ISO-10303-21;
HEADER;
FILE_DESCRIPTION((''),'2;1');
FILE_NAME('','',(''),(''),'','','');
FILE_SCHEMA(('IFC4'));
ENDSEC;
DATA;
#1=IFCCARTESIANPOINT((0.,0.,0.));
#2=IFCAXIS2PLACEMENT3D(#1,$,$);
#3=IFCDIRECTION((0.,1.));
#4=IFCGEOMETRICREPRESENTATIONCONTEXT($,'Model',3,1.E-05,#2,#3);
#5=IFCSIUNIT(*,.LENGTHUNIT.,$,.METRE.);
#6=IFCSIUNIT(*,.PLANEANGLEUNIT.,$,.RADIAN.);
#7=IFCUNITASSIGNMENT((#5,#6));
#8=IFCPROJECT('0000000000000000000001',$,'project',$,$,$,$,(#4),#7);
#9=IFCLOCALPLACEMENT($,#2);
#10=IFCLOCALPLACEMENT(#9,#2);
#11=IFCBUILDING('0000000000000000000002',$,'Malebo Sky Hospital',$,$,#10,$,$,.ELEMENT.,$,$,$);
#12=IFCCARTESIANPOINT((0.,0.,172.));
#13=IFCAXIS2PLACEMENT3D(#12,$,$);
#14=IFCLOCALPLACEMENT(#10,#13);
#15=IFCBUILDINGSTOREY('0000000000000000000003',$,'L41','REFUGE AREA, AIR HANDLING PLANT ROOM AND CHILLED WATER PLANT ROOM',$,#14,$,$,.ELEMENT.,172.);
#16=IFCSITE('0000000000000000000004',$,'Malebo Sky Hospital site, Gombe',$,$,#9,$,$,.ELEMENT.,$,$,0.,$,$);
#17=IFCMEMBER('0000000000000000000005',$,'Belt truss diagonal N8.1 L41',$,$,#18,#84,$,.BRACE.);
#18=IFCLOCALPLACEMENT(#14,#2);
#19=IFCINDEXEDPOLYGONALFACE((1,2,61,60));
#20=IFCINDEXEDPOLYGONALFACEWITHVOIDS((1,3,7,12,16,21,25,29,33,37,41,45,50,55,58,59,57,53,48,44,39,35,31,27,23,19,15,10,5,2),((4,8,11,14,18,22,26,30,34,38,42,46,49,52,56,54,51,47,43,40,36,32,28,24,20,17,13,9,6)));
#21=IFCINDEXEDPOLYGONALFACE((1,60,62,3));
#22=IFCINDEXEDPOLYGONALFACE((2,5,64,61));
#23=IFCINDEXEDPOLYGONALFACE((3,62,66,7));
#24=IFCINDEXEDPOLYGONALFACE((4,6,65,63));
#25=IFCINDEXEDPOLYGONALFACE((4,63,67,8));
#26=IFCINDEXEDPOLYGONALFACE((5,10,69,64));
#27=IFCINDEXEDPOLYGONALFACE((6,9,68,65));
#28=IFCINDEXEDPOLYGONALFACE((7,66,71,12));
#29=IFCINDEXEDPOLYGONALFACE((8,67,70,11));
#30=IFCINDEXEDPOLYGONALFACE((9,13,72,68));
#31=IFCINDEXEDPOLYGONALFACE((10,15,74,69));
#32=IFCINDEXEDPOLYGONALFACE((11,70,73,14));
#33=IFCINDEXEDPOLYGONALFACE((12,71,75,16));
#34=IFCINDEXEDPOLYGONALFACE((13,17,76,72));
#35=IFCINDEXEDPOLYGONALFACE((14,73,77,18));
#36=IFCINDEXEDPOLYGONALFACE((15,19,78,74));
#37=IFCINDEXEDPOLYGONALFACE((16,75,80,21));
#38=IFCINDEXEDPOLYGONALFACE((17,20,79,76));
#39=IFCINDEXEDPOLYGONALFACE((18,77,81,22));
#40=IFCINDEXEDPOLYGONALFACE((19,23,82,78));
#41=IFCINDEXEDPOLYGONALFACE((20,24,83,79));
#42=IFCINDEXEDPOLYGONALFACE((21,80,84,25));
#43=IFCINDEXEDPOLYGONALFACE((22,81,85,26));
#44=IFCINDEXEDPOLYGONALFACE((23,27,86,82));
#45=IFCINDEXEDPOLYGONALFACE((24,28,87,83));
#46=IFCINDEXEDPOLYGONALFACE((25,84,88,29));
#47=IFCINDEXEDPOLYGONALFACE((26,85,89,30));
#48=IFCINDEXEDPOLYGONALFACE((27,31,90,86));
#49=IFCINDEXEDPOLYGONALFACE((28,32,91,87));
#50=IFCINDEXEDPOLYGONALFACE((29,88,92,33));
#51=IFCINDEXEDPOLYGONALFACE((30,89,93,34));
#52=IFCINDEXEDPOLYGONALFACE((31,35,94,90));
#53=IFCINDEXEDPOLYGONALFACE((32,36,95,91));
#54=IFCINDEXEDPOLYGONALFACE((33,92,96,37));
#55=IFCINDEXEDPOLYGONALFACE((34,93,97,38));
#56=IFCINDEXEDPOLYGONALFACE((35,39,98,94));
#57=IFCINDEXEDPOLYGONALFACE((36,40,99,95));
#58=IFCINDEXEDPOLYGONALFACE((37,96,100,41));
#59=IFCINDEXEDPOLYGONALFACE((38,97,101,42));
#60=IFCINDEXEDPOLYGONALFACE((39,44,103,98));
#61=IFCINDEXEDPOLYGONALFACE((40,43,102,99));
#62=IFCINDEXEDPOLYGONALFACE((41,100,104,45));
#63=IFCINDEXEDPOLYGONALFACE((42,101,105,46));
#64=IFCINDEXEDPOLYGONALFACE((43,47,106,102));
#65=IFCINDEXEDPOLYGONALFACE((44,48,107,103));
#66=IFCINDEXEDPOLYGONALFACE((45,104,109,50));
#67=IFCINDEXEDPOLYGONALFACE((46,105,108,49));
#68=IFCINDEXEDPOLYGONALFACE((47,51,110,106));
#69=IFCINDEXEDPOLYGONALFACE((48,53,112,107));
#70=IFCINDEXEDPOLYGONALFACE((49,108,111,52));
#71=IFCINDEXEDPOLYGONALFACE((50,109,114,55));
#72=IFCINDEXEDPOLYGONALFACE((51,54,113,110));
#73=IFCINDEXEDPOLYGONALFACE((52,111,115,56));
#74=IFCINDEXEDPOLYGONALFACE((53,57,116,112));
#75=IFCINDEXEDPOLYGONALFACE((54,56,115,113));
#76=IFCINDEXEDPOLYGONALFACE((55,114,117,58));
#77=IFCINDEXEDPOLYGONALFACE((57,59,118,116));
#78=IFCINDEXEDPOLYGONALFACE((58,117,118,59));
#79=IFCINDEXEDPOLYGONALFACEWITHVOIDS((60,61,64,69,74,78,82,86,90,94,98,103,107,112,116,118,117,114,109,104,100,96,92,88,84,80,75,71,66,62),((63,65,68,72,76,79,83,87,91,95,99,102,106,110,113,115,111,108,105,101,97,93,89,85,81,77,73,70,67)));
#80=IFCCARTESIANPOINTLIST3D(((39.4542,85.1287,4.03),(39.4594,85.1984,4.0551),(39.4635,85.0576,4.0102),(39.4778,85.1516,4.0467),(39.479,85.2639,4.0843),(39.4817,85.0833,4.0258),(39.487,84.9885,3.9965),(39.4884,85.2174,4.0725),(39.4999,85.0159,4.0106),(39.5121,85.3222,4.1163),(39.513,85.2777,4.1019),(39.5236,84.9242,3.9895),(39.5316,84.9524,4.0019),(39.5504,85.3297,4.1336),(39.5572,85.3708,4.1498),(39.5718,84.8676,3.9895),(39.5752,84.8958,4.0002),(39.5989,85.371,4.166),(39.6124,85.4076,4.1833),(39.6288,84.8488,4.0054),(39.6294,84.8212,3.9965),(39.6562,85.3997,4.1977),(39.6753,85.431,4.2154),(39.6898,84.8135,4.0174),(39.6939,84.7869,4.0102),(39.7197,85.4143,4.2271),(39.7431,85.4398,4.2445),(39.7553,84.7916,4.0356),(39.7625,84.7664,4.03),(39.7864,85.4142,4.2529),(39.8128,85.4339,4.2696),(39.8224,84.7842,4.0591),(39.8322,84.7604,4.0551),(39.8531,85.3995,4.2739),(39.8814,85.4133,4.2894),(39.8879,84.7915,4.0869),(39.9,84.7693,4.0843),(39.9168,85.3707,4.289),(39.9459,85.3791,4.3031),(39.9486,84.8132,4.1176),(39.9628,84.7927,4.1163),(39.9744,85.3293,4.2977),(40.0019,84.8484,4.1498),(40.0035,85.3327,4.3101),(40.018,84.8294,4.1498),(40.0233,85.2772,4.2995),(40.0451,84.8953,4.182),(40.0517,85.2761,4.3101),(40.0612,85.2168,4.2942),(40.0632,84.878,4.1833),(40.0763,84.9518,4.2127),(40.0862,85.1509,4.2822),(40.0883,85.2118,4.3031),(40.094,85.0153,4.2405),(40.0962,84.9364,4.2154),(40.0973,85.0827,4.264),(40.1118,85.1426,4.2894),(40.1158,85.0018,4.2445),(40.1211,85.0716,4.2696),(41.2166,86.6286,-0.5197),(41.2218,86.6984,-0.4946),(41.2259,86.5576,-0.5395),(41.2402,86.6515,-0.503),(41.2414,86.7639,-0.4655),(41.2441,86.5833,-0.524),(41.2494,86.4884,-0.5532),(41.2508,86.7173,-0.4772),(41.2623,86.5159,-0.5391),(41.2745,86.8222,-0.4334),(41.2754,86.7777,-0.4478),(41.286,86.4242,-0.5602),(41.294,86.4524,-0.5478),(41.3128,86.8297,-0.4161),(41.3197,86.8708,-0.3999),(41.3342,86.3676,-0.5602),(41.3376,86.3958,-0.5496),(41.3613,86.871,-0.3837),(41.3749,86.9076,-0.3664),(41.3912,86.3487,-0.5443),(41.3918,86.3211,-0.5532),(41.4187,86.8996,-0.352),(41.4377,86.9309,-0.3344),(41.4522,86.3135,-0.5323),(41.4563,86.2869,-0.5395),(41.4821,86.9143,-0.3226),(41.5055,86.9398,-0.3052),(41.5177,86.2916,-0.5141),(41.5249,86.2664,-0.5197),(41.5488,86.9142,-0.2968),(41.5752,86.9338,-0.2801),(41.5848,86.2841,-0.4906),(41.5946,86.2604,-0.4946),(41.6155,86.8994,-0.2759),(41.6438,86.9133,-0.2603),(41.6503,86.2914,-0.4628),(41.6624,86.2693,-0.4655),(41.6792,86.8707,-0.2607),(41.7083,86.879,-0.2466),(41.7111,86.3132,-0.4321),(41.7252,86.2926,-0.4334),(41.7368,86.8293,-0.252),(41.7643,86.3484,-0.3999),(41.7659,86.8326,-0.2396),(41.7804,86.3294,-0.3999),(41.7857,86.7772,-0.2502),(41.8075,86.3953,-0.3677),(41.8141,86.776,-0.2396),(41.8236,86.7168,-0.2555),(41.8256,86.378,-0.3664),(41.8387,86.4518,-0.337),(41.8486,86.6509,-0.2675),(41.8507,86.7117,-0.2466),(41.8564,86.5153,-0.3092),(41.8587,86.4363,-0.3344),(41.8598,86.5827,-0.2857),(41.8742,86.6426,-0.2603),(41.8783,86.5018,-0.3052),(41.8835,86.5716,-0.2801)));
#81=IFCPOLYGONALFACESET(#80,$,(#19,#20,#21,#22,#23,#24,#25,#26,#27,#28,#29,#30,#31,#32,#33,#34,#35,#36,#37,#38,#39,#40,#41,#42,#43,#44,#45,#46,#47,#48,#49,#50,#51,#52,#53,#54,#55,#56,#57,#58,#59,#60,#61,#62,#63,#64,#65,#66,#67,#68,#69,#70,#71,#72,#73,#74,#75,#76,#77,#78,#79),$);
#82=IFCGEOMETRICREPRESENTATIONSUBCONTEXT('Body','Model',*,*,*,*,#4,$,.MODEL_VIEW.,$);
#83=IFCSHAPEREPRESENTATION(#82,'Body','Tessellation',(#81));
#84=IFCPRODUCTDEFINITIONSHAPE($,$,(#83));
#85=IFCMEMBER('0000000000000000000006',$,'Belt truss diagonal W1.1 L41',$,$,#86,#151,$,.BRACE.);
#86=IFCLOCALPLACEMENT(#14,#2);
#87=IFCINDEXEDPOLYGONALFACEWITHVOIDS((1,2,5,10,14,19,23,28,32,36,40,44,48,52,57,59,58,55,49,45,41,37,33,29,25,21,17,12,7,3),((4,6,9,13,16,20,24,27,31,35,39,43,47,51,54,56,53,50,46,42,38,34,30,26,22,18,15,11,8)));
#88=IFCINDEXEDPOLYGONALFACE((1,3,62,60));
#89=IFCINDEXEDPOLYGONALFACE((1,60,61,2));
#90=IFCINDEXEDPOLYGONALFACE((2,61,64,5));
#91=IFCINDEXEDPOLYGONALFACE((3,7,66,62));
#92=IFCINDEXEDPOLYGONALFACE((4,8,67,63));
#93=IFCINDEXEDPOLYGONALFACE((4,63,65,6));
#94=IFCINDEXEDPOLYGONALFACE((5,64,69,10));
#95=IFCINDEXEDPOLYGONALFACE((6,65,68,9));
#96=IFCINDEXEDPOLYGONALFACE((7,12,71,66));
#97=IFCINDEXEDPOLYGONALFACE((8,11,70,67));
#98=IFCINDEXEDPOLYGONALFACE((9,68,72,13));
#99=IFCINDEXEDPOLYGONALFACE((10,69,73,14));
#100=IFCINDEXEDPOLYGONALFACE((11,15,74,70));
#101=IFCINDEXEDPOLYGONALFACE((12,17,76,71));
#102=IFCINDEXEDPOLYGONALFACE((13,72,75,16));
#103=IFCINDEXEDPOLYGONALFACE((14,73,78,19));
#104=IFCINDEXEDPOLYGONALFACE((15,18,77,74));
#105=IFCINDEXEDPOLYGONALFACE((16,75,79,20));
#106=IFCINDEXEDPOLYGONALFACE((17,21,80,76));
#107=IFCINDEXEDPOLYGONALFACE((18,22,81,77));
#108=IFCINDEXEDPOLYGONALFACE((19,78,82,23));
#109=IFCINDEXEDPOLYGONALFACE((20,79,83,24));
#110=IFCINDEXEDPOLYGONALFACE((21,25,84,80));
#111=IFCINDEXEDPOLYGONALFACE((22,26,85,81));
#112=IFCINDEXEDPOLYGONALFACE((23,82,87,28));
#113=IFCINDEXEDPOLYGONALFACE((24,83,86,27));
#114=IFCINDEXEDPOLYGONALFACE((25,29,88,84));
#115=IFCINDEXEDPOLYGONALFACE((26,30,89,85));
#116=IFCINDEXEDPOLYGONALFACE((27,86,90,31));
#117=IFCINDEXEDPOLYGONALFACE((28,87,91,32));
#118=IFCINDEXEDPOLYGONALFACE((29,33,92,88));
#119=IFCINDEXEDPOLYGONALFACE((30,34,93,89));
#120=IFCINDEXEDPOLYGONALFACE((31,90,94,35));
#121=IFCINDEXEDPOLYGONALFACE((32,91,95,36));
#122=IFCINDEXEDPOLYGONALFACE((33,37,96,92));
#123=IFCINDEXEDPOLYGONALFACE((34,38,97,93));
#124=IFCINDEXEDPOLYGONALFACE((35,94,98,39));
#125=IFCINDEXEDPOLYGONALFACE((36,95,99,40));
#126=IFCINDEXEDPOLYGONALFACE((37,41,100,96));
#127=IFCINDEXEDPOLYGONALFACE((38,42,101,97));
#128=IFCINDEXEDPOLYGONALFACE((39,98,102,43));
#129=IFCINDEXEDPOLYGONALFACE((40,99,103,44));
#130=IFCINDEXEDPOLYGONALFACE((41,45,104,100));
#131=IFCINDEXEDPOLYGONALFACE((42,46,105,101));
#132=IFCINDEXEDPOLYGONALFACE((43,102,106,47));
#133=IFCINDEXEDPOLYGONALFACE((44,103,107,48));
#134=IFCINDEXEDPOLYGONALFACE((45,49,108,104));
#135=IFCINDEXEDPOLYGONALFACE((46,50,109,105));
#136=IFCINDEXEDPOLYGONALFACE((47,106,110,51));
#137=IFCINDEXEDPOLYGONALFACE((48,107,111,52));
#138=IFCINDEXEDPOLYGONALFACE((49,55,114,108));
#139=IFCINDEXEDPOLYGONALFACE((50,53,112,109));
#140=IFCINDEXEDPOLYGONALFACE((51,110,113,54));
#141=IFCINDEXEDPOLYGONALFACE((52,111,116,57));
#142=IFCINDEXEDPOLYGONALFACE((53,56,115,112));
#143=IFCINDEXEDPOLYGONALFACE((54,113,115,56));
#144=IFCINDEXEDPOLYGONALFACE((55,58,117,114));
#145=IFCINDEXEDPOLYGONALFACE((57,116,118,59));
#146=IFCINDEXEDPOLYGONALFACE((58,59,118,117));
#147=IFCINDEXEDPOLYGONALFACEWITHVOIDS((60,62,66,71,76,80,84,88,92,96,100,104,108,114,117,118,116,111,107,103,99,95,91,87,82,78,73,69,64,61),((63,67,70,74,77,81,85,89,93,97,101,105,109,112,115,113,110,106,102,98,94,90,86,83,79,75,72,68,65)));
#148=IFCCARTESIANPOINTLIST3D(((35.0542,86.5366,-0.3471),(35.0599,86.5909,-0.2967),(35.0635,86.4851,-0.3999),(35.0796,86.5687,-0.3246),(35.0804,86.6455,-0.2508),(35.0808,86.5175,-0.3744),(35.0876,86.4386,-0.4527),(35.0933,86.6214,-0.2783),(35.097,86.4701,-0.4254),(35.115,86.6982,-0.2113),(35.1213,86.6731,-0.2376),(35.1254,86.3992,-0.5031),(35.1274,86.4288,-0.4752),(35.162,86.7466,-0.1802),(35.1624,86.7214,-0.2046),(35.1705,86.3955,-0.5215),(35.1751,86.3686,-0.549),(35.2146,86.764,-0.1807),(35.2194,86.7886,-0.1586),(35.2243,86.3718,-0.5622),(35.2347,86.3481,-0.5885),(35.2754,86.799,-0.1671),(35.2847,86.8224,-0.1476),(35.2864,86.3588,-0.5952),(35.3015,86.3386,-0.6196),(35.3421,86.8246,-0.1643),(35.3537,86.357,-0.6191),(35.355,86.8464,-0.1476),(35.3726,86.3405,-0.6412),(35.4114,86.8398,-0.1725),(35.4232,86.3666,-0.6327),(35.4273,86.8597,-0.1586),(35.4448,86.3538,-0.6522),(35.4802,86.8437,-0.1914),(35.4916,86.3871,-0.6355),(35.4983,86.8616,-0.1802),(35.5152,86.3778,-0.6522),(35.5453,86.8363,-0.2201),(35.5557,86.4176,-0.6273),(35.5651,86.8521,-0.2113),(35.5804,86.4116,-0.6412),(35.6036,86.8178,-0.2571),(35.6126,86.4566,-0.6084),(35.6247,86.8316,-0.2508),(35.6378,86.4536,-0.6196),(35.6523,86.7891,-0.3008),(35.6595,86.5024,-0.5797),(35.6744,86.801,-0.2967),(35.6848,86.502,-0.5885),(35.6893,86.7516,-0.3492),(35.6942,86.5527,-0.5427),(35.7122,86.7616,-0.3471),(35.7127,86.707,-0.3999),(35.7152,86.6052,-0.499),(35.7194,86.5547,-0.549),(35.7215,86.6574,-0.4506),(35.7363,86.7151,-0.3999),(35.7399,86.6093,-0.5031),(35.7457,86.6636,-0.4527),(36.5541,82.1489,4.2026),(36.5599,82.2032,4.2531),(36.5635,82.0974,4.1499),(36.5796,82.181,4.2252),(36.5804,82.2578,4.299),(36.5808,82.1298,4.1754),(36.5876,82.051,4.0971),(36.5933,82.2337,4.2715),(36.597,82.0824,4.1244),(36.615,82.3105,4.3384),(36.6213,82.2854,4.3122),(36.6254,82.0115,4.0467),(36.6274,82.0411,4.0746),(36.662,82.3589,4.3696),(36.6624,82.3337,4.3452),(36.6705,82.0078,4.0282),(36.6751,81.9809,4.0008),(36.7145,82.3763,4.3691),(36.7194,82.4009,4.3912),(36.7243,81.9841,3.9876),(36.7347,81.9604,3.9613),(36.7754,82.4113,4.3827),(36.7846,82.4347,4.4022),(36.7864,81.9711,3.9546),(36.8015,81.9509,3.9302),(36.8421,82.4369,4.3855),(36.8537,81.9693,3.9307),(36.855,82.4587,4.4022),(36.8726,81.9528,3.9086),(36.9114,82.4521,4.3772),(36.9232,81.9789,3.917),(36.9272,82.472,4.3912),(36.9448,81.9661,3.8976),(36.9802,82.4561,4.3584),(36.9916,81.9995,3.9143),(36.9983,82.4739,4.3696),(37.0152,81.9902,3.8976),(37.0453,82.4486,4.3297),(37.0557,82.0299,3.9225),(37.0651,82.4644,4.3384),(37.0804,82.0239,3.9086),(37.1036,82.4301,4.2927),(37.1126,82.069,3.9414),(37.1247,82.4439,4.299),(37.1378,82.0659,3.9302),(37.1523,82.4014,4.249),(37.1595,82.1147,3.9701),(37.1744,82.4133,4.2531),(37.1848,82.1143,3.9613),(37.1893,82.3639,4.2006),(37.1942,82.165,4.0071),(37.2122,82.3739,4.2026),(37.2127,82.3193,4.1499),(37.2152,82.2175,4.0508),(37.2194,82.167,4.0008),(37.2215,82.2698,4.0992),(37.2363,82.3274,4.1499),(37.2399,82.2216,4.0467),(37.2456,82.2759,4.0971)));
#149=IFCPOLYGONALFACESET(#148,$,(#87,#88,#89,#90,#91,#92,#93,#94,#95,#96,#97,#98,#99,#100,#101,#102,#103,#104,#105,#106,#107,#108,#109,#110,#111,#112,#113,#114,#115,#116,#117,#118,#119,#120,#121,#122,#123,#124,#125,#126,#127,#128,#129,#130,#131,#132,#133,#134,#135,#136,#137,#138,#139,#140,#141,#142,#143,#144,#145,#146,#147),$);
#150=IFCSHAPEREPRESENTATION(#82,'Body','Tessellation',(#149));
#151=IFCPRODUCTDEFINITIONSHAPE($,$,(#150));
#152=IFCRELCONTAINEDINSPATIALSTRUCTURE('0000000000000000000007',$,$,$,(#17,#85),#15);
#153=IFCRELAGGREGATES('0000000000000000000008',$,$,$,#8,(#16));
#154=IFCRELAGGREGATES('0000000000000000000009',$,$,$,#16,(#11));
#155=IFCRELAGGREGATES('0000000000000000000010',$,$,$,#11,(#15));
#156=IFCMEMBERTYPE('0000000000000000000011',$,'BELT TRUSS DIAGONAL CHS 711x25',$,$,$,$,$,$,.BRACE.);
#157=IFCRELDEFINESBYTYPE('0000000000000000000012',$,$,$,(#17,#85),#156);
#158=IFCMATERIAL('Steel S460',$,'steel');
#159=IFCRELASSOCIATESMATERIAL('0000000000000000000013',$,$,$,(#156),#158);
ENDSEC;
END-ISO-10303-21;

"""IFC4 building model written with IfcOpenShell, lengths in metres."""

from ifc_helpers import new_model, si_unit, direction, frame, origin, origin_2d, place, context, subcontext, project, spatial, hollow_circle, extrude, material, material_profile, profile_set, type_object, element, save


model = new_model("IFC4")

# Units and contexts
model_context = context("Model", 3, precision=1e-05, world=origin(), true_north=direction((0.0, 1.0)))
body_context = subcontext(model_context, "Body", "Model", "MODEL_VIEW")
ifc_project = project(units=[si_unit("LENGTHUNIT", "METRE"), si_unit("PLANEANGLEUNIT", "RADIAN")], contexts=[model_context])

# Site, building, storey
site_placement = place(None, origin())
site = spatial("IfcSite", under=ifc_project, at=site_placement, Name="Malebo Sky Hospital site, Gombe", CompositionType="ELEMENT", RefElevation=0.0)
building_placement = place(site_placement, origin())
building = spatial("IfcBuilding", under=site, at=building_placement, Name="Malebo Sky Hospital", CompositionType="ELEMENT")
storey_placement = place(building_placement, frame((0.0, 0.0, 172.0)))
storey = spatial("IfcBuildingStorey", under=building, at=storey_placement, Name="L41", Description="REFUGE AREA, AIR HANDLING PLANT ROOM AND CHILLED WATER PLANT ROOM", CompositionType="ELEMENT", Elevation=172.0)

# Shared definitions
ifc_material_1 = material(Name="Steel S460", Category="steel")

# Members
ifc_material_profile_1 = material_profile(ifc_material_1, hollow_circle(Radius=0.3555, WallThickness=0.0249, at=origin_2d()), Name="CHS 711x25")
ifc_profile_set_1 = profile_set([ifc_material_profile_1], Name="Steel S460")
member_type_1 = type_object("IfcMemberType", Name="BELT TRUSS DIAGONAL CHS 711x25", PredefinedType="BRACE", material=ifc_profile_set_1)
member_1_placement = place(storey_placement, frame((41.55, 86.6001, -0.3999), z_axis=(-0.345267, -0.293853, 0.891314), x_axis=(0.648129, -0.761531, 0.0)))
element("IfcMember", 1, at=member_1_placement, inside=storey, type_object=member_type_1, Name="Belt truss diagonal N8.1 L41", PredefinedType="BRACE", context=body_context, shape_type="SweptSolid", body=[
    extrude(hollow_circle(Radius=0.3555, WallThickness=0.0249, at=origin_2d()), origin(), (0.0, 0.0, 1.0), 5.1045),
])
member_2_placement = place(storey_placement, frame((35.3999, 86.6001, -0.3999), z_axis=(0.230899, -0.675409, 0.700363), x_axis=(0.946234, 0.323484, 0.0)))
element("IfcMember", 2, at=member_2_placement, inside=storey, type_object=member_type_1, Name="Belt truss diagonal W1.1 L41", PredefinedType="BRACE", context=body_context, shape_type="SweptSolid", body=[
    extrude(hollow_circle(Radius=0.3555, WallThickness=0.0249, at=origin_2d()), origin(), (0.0, 0.0, 1.0), 6.4963),
])

save(model, "model.ifc")
